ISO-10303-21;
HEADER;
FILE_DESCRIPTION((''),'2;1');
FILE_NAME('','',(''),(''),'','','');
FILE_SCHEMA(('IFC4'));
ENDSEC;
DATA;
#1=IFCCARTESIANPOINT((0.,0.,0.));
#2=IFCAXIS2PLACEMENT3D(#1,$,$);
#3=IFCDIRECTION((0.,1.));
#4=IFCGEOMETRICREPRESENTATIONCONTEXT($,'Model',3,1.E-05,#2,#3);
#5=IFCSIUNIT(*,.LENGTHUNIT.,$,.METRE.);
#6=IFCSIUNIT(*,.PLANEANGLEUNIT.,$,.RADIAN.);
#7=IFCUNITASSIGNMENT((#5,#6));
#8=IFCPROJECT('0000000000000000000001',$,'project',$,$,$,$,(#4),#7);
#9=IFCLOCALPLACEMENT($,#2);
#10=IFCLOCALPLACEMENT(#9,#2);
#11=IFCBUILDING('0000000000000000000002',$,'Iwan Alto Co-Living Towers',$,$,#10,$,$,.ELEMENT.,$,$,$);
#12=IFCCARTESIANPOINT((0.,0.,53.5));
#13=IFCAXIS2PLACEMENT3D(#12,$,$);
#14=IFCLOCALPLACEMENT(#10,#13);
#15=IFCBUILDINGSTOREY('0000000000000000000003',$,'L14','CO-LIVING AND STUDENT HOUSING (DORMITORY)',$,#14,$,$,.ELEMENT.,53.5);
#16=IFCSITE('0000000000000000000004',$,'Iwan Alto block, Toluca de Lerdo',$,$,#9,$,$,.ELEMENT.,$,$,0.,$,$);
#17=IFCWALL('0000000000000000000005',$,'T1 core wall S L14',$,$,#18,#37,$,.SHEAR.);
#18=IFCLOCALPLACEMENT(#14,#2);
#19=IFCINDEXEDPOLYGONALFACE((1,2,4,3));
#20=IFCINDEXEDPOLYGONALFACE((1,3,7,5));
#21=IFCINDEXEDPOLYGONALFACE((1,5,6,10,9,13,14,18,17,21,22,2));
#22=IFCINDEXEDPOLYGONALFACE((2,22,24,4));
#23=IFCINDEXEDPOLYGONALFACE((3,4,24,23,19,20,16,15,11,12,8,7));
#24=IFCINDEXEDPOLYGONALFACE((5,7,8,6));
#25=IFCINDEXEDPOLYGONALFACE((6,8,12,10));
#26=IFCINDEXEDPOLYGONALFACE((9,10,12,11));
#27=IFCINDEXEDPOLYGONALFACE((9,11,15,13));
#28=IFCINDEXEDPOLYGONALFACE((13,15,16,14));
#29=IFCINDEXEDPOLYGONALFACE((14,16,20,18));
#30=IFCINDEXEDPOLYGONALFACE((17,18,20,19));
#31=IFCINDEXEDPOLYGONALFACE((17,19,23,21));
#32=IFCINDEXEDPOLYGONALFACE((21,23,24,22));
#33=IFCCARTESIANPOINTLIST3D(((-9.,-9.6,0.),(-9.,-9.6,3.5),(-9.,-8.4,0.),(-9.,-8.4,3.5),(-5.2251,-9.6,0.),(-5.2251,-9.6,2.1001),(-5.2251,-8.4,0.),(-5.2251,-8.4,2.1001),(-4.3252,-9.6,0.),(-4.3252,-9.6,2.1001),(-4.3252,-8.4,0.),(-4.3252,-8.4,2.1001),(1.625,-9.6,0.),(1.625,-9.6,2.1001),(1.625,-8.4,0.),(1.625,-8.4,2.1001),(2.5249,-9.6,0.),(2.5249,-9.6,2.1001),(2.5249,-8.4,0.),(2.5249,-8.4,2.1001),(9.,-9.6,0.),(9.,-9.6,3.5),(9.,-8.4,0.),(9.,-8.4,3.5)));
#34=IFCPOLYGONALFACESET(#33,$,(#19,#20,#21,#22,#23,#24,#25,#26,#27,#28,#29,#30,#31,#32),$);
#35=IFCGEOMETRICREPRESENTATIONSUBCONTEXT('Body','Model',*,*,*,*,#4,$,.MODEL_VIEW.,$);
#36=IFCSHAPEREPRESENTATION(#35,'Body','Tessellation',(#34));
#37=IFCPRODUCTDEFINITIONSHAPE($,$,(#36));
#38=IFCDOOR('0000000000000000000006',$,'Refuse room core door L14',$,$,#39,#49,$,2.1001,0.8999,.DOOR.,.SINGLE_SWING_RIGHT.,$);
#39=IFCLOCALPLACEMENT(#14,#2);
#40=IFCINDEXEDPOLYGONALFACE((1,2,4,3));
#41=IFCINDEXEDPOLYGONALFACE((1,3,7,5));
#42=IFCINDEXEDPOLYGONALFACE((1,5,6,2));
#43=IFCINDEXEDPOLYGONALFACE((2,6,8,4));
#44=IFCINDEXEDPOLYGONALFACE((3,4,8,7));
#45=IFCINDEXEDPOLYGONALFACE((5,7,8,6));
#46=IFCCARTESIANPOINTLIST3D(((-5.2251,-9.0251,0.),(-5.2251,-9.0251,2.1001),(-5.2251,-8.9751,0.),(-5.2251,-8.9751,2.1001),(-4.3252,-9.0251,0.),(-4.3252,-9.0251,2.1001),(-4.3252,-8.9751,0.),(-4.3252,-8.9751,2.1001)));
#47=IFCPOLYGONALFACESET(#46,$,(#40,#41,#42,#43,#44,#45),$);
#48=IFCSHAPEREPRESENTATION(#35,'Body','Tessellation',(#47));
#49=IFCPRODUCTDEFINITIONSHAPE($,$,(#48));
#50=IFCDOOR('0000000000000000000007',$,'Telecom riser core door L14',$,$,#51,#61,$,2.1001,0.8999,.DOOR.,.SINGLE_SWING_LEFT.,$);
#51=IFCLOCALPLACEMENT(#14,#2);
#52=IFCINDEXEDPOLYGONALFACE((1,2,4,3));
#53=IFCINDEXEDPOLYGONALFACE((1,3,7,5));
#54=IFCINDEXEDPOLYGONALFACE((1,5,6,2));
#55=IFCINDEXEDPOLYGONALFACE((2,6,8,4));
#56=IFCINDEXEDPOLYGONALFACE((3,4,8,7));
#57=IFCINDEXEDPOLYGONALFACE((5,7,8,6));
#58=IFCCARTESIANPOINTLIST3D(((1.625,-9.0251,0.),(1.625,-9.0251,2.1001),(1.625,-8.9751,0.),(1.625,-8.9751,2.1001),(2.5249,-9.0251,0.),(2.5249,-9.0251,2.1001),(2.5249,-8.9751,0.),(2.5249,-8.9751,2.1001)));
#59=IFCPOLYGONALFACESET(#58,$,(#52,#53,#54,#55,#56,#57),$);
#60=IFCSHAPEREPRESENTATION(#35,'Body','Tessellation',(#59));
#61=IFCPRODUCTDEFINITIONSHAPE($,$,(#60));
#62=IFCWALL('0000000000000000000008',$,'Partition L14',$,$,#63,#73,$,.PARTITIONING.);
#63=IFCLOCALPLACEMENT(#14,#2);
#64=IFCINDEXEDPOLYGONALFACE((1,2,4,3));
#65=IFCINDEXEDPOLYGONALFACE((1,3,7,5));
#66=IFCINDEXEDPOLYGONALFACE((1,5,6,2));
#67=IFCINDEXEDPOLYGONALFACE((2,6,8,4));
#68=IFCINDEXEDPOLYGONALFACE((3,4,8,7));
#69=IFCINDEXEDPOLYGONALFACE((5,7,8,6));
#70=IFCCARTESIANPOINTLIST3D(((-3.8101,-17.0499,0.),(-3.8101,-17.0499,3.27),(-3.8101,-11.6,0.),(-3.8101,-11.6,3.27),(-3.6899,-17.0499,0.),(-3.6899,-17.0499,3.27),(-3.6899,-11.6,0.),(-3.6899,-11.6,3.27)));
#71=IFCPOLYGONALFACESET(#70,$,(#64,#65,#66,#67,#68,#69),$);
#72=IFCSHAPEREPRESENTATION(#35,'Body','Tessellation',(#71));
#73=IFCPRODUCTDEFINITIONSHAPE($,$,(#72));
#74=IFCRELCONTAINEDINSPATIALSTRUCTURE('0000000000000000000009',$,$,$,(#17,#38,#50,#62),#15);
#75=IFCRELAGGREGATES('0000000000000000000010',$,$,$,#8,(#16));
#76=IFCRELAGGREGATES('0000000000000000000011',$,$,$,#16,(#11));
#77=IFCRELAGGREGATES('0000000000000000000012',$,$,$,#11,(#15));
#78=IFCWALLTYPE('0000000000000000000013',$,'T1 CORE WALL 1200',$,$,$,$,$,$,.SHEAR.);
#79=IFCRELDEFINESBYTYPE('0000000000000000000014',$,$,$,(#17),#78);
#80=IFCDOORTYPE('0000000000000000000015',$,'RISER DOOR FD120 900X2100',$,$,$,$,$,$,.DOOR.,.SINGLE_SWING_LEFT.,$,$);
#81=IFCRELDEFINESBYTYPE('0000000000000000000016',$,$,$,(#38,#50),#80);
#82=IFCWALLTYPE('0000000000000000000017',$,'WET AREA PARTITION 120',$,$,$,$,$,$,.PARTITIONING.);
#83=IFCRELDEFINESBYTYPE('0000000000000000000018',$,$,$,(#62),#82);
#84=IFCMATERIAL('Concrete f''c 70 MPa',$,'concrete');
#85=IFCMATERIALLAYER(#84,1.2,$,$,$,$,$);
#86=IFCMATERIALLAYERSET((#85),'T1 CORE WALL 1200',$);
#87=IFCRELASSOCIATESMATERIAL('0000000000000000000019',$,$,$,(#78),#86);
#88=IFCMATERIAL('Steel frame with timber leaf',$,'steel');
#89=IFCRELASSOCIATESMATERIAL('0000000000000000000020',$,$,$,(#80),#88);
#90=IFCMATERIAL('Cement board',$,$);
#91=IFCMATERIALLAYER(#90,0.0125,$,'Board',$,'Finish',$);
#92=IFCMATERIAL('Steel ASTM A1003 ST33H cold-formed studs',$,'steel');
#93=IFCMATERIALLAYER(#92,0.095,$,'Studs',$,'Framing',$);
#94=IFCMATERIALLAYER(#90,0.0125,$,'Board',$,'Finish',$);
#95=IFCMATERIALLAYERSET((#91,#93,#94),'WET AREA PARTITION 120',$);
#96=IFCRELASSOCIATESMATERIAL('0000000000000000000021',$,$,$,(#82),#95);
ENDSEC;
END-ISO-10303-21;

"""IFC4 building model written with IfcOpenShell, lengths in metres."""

from ifc_helpers import new_model, si_unit, direction, frame, frame_2d, origin, place, context, subcontext, project, spatial, rectangle, extrude, material, layer, layer_set, type_object, element, fill, save


model = new_model("IFC4")

# Units and contexts
model_context = context("Model", 3, precision=1e-05, world=origin(), true_north=direction((0.0, 1.0)))
body_context = subcontext(model_context, "Body", "Model", "MODEL_VIEW")
ifc_project = project(units=[si_unit("LENGTHUNIT", "METRE"), si_unit("PLANEANGLEUNIT", "RADIAN")], contexts=[model_context])

# Site, building, storey
site_placement = place(None, origin())
site = spatial("IfcSite", under=ifc_project, at=site_placement, Name="Iwan Alto block, Toluca de Lerdo", CompositionType="ELEMENT", RefElevation=0.0)
building_placement = place(site_placement, origin())
building = spatial("IfcBuilding", under=site, at=building_placement, Name="Iwan Alto Co-Living Towers", CompositionType="ELEMENT")
storey_placement = place(building_placement, frame((0.0, 0.0, 53.5)))
storey = spatial("IfcBuildingStorey", under=building, at=storey_placement, Name="L14", Description="CO-LIVING AND STUDENT HOUSING (DORMITORY)", CompositionType="ELEMENT", Elevation=53.5)

# Shared definitions
ifc_material_1 = material(Name="Steel ASTM A1003 ST33H cold-formed studs", Category="steel")

# Wall, openings, doors
ifc_material_2 = material(Name="Concrete f'c 70 MPa", Category="concrete")
ifc_layer_1 = layer(ifc_material_2, 1.2)
ifc_layer_set_1 = layer_set([ifc_layer_1], Name="T1 CORE WALL 1200")
wall_type_1 = type_object("IfcWallType", Name="T1 CORE WALL 1200", PredefinedType="SHEAR", material=ifc_layer_set_1)
wall_1_placement = place(storey_placement, frame((-9.0, -9.0, 0.0), z_axis=(0.0, 0.0, 1.0), x_axis=(1.0, 0.0, 0.0)))
wall_1 = element("IfcWall", 1, at=wall_1_placement, inside=storey, type_object=wall_type_1, Name="T1 core wall S L14", PredefinedType="SHEAR", context=body_context, shape_type="SweptSolid", body=[
    extrude(rectangle(XDim=18.0, YDim=1.2, at=frame_2d((9.0, 0.0))), origin(), (0.0, 0.0, 1.0), 3.5),
])
opening_1_placement = place(wall_1_placement, frame((3.7749, 0.0, 0.0)))
opening_1 = element("IfcOpeningElement", 2, at=opening_1_placement, cuts=wall_1, PredefinedType="OPENING", context=body_context, shape_type="SweptSolid", body=[
    extrude(rectangle(XDim=0.8999, YDim=2.1001, at=frame_2d((0.45, 1.05))), frame((0.0, 0.6099, 0.0), z_axis=(0.0, -1.0, 0.0), x_axis=(1.0, 0.0, 0.0)), (0.0, 0.0, 1.0), 1.22),
])
opening_2_placement = place(wall_1_placement, frame((10.625, 0.0, 0.0)))
opening_2 = element("IfcOpeningElement", 3, at=opening_2_placement, cuts=wall_1, PredefinedType="OPENING", context=body_context, shape_type="SweptSolid", body=[
    extrude(rectangle(XDim=0.8999, YDim=2.1001, at=frame_2d((0.45, 1.05))), frame((0.0, 0.6099, 0.0), z_axis=(0.0, -1.0, 0.0), x_axis=(1.0, 0.0, 0.0)), (0.0, 0.0, 1.0), 1.22),
])
ifc_material_3 = material(Name="Steel frame with timber leaf", Category="steel")
door_type_1 = type_object("IfcDoorType", Name="RISER DOOR FD120 900X2100", OperationType="SINGLE_SWING_LEFT", PredefinedType="DOOR", material=ifc_material_3)
door_1_placement = place(opening_1_placement, origin())
door_1 = element("IfcDoor", 4, at=door_1_placement, inside=storey, type_object=door_type_1, Name="Refuse room core door L14", OperationType="SINGLE_SWING_RIGHT", OverallHeight=2.1001, OverallWidth=0.8999, PredefinedType="DOOR", context=body_context, shape_type="SweptSolid", body=[
    extrude(rectangle(XDim=0.8999, YDim=2.1001, at=frame_2d((0.45, 1.05))), frame((0.0, 0.0249, 0.0), z_axis=(0.0, -1.0, 0.0), x_axis=(1.0, 0.0, 0.0)), (0.0, 0.0, 1.0), 0.05),
])
fill(opening_1, door_1)
door_2_placement = place(opening_2_placement, origin())
door_2 = element("IfcDoor", 5, at=door_2_placement, inside=storey, type_object=door_type_1, Name="Telecom riser core door L14", OperationType="SINGLE_SWING_LEFT", OverallHeight=2.1001, OverallWidth=0.8999, PredefinedType="DOOR", context=body_context, shape_type="SweptSolid", body=[
    extrude(rectangle(XDim=0.8999, YDim=2.1001, at=frame_2d((0.45, 1.05))), frame((0.0, 0.0249, 0.0), z_axis=(0.0, -1.0, 0.0), x_axis=(1.0, 0.0, 0.0)), (0.0, 0.0, 1.0), 0.05),
])
fill(opening_2, door_2)

# Wall
ifc_material_4 = material(Name="Cement board")
ifc_layer_2 = layer(ifc_material_4, 0.0125, Name="Board", Category="Finish")
ifc_layer_3 = layer(ifc_material_1, 0.095, Name="Studs", Category="Framing")
ifc_layer_4 = layer(ifc_material_4, 0.0125, Name="Board", Category="Finish")
ifc_layer_set_2 = layer_set([ifc_layer_2, ifc_layer_3, ifc_layer_4], Name="WET AREA PARTITION 120")
wall_type_2 = type_object("IfcWallType", Name="WET AREA PARTITION 120", PredefinedType="PARTITIONING", material=ifc_layer_set_2)
wall_2_placement = place(storey_placement, frame((-3.75, -17.05, 0.0), z_axis=(0.0, 0.0, 1.0), x_axis=(0.0, 1.0, 0.0)))
element("IfcWall", 6, at=wall_2_placement, inside=storey, type_object=wall_type_2, Name="Partition L14", PredefinedType="PARTITIONING", context=body_context, shape_type="SweptSolid", body=[
    extrude(rectangle(XDim=5.45, YDim=0.1201, at=frame_2d((2.7251, 0.0))), origin(), (0.0, 0.0, 1.0), 3.27),
])

save(model, "model.ifc")
